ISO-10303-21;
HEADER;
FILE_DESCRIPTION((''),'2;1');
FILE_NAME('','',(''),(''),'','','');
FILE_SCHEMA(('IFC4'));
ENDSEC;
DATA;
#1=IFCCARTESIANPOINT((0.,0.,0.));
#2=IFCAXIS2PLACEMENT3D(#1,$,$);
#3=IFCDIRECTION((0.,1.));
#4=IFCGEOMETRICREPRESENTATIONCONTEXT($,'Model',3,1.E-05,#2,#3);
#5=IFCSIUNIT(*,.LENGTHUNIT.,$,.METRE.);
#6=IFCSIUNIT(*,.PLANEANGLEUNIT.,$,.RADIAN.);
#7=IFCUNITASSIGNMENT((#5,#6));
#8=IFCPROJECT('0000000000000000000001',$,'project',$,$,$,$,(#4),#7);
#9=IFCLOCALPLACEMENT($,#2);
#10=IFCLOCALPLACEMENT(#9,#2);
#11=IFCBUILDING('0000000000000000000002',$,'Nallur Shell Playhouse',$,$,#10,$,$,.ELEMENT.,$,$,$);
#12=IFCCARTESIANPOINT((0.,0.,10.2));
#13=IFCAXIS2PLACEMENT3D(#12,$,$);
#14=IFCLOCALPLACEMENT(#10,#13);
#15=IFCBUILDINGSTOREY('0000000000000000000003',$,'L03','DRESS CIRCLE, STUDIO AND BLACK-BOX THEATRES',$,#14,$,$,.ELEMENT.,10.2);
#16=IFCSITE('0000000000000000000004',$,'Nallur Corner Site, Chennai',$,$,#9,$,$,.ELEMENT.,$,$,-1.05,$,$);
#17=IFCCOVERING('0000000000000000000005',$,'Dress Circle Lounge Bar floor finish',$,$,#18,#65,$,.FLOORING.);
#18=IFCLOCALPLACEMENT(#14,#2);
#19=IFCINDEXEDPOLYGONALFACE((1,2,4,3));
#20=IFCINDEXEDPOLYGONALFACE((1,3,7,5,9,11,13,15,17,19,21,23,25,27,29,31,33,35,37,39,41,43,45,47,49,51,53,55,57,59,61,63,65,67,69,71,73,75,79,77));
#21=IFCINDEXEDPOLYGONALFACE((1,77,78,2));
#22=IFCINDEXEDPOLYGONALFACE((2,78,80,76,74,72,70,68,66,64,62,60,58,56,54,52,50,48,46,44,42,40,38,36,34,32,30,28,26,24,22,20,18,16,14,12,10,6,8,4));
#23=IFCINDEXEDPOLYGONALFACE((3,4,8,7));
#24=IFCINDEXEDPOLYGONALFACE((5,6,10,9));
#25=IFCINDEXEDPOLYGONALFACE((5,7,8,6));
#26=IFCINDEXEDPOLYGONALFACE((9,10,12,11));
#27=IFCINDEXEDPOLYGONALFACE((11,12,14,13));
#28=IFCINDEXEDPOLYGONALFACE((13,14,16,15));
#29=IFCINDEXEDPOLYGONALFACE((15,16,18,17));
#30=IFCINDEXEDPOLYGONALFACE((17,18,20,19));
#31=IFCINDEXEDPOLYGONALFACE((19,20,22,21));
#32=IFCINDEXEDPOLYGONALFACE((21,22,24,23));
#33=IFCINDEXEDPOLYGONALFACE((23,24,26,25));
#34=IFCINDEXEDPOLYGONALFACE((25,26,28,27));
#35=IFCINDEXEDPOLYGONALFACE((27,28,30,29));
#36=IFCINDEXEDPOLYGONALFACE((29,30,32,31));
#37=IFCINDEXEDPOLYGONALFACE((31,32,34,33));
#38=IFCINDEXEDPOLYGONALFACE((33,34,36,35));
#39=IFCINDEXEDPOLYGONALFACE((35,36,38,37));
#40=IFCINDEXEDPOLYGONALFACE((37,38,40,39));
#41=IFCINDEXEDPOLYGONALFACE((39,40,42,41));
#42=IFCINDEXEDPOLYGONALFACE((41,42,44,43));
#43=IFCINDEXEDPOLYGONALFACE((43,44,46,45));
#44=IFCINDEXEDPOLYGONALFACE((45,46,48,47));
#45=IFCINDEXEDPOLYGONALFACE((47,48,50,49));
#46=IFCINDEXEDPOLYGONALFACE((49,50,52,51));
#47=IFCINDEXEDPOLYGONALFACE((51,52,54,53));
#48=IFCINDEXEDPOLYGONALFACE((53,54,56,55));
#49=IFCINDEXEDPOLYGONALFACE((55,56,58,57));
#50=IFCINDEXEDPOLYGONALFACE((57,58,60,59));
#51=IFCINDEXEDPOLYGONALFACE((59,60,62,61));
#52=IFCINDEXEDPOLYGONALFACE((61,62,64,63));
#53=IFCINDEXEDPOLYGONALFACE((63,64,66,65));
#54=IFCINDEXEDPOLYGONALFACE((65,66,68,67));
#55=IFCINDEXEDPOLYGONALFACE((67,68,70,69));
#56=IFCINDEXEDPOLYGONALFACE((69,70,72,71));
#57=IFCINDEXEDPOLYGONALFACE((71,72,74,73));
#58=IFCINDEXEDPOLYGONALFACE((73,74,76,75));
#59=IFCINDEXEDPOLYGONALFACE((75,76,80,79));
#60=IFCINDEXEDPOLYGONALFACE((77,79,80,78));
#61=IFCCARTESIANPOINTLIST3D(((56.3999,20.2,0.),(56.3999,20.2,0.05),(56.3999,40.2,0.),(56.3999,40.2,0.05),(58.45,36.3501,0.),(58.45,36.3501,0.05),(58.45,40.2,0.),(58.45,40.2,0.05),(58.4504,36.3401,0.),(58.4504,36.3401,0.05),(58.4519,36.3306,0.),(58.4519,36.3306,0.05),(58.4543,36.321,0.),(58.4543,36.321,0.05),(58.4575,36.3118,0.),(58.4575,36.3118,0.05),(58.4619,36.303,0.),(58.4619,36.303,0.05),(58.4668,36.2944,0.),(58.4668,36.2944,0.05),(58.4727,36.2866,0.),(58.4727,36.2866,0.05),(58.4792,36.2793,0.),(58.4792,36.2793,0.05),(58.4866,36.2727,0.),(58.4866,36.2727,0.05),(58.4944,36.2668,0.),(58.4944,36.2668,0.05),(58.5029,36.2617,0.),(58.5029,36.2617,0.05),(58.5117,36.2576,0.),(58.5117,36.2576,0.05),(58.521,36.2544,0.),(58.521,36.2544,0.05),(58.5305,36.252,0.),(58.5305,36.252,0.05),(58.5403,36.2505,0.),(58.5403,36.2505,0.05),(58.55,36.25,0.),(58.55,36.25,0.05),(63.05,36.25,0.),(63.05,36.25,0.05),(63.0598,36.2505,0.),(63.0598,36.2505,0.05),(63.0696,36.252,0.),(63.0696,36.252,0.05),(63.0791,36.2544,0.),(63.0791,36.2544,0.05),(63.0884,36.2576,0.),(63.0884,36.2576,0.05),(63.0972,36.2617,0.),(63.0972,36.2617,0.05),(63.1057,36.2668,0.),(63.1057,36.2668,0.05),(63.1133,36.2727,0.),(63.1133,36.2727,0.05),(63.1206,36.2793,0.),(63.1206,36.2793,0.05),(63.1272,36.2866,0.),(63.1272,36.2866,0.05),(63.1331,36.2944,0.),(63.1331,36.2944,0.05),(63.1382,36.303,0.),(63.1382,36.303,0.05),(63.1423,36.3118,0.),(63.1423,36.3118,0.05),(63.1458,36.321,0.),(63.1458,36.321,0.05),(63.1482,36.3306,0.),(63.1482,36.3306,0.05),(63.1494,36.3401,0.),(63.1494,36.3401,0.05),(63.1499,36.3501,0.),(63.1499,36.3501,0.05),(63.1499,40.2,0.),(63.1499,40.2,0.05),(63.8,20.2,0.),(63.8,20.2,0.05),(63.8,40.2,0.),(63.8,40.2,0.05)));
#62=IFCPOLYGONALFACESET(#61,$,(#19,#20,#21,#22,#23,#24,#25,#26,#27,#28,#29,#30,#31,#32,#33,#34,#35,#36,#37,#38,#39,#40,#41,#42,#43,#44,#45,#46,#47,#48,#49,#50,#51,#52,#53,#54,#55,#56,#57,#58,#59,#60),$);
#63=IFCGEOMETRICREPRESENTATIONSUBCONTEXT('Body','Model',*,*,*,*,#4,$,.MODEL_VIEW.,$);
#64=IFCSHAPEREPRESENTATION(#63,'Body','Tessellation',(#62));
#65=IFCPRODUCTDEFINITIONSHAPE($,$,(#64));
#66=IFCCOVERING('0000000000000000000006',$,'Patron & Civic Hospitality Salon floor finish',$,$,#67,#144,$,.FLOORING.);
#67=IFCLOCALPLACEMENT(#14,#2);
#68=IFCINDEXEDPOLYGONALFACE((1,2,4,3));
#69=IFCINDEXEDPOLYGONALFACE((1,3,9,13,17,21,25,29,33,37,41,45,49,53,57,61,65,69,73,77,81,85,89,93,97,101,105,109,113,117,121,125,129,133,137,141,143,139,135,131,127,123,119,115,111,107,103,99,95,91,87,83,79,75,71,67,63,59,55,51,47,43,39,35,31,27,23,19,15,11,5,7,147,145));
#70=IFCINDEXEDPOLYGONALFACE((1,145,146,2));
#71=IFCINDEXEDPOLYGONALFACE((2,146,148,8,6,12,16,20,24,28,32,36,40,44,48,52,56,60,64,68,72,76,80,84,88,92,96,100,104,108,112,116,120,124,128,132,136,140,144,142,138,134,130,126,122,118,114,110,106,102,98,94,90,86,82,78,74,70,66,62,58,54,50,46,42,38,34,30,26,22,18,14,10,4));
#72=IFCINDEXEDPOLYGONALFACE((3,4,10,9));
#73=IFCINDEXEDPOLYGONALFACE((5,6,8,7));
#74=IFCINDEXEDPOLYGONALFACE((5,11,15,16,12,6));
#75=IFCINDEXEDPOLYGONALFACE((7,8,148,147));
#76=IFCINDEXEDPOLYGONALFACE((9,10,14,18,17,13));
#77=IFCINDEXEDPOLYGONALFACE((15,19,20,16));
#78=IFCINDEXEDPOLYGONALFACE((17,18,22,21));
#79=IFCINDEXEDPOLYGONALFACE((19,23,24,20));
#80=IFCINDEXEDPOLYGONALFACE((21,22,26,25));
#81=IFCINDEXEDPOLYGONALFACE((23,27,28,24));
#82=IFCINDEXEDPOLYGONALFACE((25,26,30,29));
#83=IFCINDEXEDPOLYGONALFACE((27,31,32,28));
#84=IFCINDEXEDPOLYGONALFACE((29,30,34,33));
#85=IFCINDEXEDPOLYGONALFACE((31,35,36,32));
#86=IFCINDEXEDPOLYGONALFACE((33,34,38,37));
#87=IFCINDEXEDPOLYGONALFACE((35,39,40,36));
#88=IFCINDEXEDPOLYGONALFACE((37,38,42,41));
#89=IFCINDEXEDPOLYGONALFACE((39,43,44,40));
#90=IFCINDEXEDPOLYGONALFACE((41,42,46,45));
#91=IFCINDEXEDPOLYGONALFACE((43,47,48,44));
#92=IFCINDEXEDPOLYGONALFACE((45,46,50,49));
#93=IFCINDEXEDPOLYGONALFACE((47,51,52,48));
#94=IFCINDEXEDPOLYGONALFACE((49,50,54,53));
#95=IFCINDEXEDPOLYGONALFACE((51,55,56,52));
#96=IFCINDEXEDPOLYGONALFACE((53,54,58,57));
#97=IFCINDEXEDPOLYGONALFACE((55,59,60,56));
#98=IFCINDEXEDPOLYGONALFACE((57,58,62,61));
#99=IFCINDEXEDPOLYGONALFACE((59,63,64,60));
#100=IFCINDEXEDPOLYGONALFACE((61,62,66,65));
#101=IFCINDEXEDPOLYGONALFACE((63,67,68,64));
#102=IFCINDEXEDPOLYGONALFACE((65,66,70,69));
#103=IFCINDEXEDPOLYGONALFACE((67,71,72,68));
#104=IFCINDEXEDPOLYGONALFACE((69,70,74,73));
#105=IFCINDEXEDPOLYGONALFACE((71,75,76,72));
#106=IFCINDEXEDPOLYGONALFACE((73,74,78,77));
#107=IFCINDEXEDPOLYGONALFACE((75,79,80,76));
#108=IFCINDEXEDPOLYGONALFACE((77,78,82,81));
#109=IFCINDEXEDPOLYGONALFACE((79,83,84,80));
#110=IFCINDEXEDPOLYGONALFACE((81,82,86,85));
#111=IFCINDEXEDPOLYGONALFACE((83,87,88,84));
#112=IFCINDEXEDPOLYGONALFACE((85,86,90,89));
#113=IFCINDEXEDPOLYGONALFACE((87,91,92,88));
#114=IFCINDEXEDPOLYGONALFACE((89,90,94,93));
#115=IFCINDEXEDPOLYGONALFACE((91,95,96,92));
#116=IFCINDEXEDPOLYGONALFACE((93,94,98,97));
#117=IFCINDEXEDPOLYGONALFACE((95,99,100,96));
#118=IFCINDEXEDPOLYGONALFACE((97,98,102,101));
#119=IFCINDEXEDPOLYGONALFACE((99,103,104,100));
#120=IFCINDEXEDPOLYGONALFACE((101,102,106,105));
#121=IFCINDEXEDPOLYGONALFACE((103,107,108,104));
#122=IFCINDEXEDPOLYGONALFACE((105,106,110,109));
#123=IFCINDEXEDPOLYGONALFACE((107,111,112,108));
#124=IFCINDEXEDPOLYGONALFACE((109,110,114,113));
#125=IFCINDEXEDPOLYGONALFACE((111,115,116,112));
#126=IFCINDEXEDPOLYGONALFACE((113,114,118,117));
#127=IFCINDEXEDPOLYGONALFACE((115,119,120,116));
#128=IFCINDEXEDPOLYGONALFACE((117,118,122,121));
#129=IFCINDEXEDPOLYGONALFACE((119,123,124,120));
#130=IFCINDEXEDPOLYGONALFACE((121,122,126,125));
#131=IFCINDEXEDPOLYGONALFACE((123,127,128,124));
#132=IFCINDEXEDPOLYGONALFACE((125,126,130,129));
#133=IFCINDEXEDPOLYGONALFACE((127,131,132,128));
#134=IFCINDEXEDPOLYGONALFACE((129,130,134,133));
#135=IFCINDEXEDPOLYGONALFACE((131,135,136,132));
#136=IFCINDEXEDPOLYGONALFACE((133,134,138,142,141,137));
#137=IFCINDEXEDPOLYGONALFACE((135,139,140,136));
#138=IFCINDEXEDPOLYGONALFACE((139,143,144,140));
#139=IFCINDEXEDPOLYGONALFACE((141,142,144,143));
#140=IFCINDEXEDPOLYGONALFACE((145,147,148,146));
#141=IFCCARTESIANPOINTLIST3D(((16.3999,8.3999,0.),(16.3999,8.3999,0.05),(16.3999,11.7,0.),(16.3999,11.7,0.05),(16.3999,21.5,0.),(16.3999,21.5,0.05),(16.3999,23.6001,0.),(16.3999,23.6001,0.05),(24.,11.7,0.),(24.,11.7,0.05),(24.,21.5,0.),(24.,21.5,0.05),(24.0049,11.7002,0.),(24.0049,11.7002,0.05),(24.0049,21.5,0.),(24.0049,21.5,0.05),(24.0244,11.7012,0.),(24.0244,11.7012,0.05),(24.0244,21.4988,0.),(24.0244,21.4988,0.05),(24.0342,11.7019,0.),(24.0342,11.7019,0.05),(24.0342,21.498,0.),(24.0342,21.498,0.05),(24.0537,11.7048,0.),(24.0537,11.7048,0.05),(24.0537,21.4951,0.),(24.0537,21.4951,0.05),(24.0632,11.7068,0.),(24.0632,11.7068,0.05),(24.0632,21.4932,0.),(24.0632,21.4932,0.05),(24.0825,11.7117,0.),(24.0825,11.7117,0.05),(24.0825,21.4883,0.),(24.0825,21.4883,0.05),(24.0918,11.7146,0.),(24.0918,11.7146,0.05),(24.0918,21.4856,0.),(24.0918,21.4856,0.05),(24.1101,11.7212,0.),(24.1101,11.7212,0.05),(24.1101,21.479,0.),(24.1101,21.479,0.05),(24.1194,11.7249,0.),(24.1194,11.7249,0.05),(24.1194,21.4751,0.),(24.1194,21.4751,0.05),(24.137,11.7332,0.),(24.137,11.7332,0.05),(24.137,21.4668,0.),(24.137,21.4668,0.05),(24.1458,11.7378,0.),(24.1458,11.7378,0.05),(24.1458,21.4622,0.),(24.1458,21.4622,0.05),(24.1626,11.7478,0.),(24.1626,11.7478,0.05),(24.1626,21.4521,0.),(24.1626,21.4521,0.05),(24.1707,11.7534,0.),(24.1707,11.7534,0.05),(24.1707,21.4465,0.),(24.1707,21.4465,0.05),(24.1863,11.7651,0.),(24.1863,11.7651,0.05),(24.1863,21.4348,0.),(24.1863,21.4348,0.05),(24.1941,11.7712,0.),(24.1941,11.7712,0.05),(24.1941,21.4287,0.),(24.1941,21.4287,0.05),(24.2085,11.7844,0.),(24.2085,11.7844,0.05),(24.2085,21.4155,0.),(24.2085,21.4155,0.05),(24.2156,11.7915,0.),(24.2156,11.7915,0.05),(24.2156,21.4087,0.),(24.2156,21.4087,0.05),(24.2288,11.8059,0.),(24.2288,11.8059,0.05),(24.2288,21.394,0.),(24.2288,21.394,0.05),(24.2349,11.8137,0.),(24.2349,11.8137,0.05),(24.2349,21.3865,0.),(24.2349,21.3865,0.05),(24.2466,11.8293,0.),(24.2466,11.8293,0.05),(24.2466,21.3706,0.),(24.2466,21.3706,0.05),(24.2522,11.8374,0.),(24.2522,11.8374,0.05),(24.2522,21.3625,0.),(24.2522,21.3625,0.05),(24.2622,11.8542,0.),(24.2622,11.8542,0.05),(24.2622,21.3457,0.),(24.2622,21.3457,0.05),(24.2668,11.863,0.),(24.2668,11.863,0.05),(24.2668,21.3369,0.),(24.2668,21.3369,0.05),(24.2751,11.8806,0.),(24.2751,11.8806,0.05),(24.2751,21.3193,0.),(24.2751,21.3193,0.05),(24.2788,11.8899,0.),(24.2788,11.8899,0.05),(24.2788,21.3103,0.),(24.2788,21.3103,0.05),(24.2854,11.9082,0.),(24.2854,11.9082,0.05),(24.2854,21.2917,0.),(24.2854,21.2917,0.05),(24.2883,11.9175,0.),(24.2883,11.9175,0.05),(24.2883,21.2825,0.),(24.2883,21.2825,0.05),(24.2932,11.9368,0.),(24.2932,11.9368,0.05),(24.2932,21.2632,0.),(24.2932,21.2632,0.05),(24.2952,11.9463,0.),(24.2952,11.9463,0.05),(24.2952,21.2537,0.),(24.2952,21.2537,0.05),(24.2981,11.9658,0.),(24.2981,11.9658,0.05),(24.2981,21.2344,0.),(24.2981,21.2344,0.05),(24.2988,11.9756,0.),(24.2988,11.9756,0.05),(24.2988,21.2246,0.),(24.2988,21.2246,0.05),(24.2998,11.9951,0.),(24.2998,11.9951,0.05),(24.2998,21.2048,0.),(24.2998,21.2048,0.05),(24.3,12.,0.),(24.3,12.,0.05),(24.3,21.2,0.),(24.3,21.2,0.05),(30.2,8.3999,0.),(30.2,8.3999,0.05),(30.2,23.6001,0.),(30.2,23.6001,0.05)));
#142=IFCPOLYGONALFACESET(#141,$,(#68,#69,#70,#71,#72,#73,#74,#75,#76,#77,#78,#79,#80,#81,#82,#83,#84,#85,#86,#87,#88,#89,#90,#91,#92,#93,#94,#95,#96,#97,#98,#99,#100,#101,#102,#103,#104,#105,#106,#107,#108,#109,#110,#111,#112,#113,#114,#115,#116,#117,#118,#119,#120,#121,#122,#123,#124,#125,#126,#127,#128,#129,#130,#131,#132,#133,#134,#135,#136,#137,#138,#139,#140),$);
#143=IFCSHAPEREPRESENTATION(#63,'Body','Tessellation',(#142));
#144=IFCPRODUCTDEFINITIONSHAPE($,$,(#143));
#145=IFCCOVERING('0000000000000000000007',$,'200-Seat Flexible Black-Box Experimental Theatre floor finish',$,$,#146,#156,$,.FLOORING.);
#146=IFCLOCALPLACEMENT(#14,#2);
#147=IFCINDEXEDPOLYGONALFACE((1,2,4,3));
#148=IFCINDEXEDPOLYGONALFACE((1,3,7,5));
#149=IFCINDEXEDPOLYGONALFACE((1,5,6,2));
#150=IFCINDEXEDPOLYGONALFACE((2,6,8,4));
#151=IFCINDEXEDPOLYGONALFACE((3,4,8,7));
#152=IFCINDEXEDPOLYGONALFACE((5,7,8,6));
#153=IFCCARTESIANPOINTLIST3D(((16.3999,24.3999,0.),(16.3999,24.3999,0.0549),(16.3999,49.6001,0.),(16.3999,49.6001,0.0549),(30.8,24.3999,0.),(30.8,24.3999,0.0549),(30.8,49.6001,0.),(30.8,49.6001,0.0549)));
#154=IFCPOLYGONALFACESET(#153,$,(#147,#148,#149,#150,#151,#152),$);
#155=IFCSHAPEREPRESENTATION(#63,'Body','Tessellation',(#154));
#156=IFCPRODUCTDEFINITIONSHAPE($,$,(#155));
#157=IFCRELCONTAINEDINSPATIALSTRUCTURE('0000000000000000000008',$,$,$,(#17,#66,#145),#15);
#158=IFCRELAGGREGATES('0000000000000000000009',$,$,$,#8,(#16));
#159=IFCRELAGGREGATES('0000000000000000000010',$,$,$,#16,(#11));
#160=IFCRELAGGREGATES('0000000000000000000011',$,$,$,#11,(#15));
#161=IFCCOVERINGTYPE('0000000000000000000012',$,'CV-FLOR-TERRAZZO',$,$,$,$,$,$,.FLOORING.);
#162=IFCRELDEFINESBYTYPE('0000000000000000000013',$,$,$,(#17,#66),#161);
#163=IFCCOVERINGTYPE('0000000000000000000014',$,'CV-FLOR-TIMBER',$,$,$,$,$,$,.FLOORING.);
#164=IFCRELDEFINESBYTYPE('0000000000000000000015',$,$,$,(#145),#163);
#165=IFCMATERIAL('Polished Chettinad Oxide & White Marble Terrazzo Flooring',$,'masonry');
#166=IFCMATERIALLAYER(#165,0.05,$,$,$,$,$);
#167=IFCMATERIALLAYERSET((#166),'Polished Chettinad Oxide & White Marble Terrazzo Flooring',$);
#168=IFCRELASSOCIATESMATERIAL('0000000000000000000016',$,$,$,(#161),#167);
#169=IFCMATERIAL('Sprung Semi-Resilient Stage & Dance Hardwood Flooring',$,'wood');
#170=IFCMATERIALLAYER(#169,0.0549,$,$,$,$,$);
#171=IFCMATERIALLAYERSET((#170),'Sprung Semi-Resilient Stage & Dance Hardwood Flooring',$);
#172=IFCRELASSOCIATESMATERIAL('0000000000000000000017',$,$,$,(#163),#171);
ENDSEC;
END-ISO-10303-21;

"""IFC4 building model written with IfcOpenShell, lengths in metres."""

from ifc_helpers import new_model, si_unit, direction, frame, origin, place, context, subcontext, project, spatial, polyline, outline, extrude, material, layer, layer_set, type_object, element, save


model = new_model("IFC4")

# Units and contexts
model_context = context("Model", 3, precision=1e-05, world=origin(), true_north=direction((0.0, 1.0)))
body_context = subcontext(model_context, "Body", "Model", "MODEL_VIEW")
ifc_project = project(units=[si_unit("LENGTHUNIT", "METRE"), si_unit("PLANEANGLEUNIT", "RADIAN")], contexts=[model_context])

# Site, building, storey
site_placement = place(None, origin())
site = spatial("IfcSite", under=ifc_project, at=site_placement, Name="Nallur Corner Site, Chennai", CompositionType="ELEMENT", RefElevation=-1.05)
building_placement = place(site_placement, origin())
building = spatial("IfcBuilding", under=site, at=building_placement, Name="Nallur Shell Playhouse", CompositionType="ELEMENT")
storey_placement = place(building_placement, frame((0.0, 0.0, 10.2)))
storey = spatial("IfcBuildingStorey", under=building, at=storey_placement, Name="L03", Description="DRESS CIRCLE, STUDIO AND BLACK-BOX THEATRES", CompositionType="ELEMENT", Elevation=10.2)

# Coverings
ifc_material_1 = material(Name="Polished Chettinad Oxide & White Marble Terrazzo Flooring", Category="masonry")
ifc_layer_1 = layer(ifc_material_1, 0.05)
ifc_layer_set_1 = layer_set([ifc_layer_1], Name="Polished Chettinad Oxide & White Marble Terrazzo Flooring")
covering_type_1 = type_object("IfcCoveringType", Name="CV-FLOR-TERRAZZO", PredefinedType="FLOORING", material=ifc_layer_set_1)
covering_1_placement = place(storey_placement, origin())
element("IfcCovering", 1, at=covering_1_placement, inside=storey, type_object=covering_type_1, Name="Dress Circle Lounge Bar floor finish", PredefinedType="FLOORING", context=body_context, shape_type="SweptSolid", body=[
    extrude(outline(polyline([(58.4727, 36.2866), (58.4792, 36.2793), (58.4866, 36.2727), (58.4944, 36.2668), (58.5029, 36.2617), (58.5117, 36.2576), (58.521, 36.2544), (58.5305, 36.252), (58.5403, 36.2505), (58.55, 36.25), (63.05, 36.25), (63.0598, 36.2505), (63.0696, 36.252), (63.0791, 36.2544), (63.0884, 36.2576), (63.0972, 36.2617), (63.1057, 36.2668), (63.1133, 36.2727), (63.1206, 36.2793), (63.1272, 36.2866), (63.1331, 36.2944), (63.1382, 36.303), (63.1423, 36.3118), (63.1458, 36.321), (63.1482, 36.3306), (63.1494, 36.3401), (63.1499, 36.3501), (63.1499, 40.2), (63.8, 40.2), (63.8, 20.2), (56.3999, 20.2), (56.3999, 40.2), (58.45, 40.2), (58.45, 36.3501), (58.4504, 36.3401), (58.4519, 36.3306), (58.4543, 36.321), (58.4575, 36.3118), (58.4619, 36.303), (58.4668, 36.2944), (58.4727, 36.2866)])), origin(), (0.0, 0.0, 1.0), 0.05),
])
covering_2_placement = place(storey_placement, origin())
element("IfcCovering", 2, at=covering_2_placement, inside=storey, type_object=covering_type_1, Name="Patron & Civic Hospitality Salon floor finish", PredefinedType="FLOORING", context=body_context, shape_type="SweptSolid", body=[
    extrude(outline(polyline([(24.0632, 11.7068), (24.0825, 11.7117), (24.0918, 11.7146), (24.1101, 11.7212), (24.1194, 11.7249), (24.137, 11.7332), (24.1458, 11.7378), (24.1626, 11.7478), (24.1707, 11.7534), (24.1863, 11.7651), (24.1941, 11.7712), (24.2085, 11.7844), (24.2156, 11.7915), (24.2288, 11.8059), (24.2349, 11.8137), (24.2466, 11.8293), (24.2522, 11.8374), (24.2622, 11.8542), (24.2668, 11.863), (24.2751, 11.8806), (24.2788, 11.8899), (24.2854, 11.9082), (24.2883, 11.9175), (24.2932, 11.9368), (24.2952, 11.9463), (24.2981, 11.9658), (24.2988, 11.9756), (24.2998, 11.9951), (24.3, 12.0), (24.3, 21.2), (24.2998, 21.2048), (24.2988, 21.2246), (24.2981, 21.2344), (24.2952, 21.2537), (24.2932, 21.2632), (24.2883, 21.2825), (24.2854, 21.2917), (24.2788, 21.3103), (24.2751, 21.3193), (24.2668, 21.3369), (24.2622, 21.3457), (24.2522, 21.3625), (24.2466, 21.3706), (24.2349, 21.3865), (24.2288, 21.394), (24.2156, 21.4087), (24.2085, 21.4155), (24.1941, 21.4287), (24.1863, 21.4348), (24.1707, 21.4465), (24.1626, 21.4521), (24.1458, 21.4622), (24.137, 21.4668), (24.1194, 21.4751), (24.1101, 21.479), (24.0918, 21.4856), (24.0825, 21.4883), (24.0632, 21.4932), (24.0537, 21.4951), (24.0342, 21.498), (24.0244, 21.4988), (24.0049, 21.5), (24.0, 21.5), (16.3999, 21.5), (16.3999, 23.6001), (30.2, 23.6001), (30.2, 8.3999), (16.3999, 8.3999), (16.3999, 11.7), (24.0, 11.7), (24.0049, 11.7002), (24.0244, 11.7012), (24.0342, 11.7019), (24.0537, 11.7048), (24.0632, 11.7068)])), origin(), (0.0, 0.0, 1.0), 0.05),
])
ifc_material_2 = material(Name="Sprung Semi-Resilient Stage & Dance Hardwood Flooring", Category="wood")
ifc_layer_2 = layer(ifc_material_2, 0.0549)
ifc_layer_set_2 = layer_set([ifc_layer_2], Name="Sprung Semi-Resilient Stage & Dance Hardwood Flooring")
covering_type_2 = type_object("IfcCoveringType", Name="CV-FLOR-TIMBER", PredefinedType="FLOORING", material=ifc_layer_set_2)
covering_3_placement = place(storey_placement, origin())
element("IfcCovering", 3, at=covering_3_placement, inside=storey, type_object=covering_type_2, Name="200-Seat Flexible Black-Box Experimental Theatre floor finish", PredefinedType="FLOORING", context=body_context, shape_type="SweptSolid", body=[
    extrude(outline(polyline([(30.8, 49.6001), (30.8, 24.3999), (16.3999, 24.3999), (16.3999, 49.6001), (30.8, 49.6001)])), origin(), (0.0, 0.0, 1.0), 0.0549),
])

save(model, "model.ifc")
